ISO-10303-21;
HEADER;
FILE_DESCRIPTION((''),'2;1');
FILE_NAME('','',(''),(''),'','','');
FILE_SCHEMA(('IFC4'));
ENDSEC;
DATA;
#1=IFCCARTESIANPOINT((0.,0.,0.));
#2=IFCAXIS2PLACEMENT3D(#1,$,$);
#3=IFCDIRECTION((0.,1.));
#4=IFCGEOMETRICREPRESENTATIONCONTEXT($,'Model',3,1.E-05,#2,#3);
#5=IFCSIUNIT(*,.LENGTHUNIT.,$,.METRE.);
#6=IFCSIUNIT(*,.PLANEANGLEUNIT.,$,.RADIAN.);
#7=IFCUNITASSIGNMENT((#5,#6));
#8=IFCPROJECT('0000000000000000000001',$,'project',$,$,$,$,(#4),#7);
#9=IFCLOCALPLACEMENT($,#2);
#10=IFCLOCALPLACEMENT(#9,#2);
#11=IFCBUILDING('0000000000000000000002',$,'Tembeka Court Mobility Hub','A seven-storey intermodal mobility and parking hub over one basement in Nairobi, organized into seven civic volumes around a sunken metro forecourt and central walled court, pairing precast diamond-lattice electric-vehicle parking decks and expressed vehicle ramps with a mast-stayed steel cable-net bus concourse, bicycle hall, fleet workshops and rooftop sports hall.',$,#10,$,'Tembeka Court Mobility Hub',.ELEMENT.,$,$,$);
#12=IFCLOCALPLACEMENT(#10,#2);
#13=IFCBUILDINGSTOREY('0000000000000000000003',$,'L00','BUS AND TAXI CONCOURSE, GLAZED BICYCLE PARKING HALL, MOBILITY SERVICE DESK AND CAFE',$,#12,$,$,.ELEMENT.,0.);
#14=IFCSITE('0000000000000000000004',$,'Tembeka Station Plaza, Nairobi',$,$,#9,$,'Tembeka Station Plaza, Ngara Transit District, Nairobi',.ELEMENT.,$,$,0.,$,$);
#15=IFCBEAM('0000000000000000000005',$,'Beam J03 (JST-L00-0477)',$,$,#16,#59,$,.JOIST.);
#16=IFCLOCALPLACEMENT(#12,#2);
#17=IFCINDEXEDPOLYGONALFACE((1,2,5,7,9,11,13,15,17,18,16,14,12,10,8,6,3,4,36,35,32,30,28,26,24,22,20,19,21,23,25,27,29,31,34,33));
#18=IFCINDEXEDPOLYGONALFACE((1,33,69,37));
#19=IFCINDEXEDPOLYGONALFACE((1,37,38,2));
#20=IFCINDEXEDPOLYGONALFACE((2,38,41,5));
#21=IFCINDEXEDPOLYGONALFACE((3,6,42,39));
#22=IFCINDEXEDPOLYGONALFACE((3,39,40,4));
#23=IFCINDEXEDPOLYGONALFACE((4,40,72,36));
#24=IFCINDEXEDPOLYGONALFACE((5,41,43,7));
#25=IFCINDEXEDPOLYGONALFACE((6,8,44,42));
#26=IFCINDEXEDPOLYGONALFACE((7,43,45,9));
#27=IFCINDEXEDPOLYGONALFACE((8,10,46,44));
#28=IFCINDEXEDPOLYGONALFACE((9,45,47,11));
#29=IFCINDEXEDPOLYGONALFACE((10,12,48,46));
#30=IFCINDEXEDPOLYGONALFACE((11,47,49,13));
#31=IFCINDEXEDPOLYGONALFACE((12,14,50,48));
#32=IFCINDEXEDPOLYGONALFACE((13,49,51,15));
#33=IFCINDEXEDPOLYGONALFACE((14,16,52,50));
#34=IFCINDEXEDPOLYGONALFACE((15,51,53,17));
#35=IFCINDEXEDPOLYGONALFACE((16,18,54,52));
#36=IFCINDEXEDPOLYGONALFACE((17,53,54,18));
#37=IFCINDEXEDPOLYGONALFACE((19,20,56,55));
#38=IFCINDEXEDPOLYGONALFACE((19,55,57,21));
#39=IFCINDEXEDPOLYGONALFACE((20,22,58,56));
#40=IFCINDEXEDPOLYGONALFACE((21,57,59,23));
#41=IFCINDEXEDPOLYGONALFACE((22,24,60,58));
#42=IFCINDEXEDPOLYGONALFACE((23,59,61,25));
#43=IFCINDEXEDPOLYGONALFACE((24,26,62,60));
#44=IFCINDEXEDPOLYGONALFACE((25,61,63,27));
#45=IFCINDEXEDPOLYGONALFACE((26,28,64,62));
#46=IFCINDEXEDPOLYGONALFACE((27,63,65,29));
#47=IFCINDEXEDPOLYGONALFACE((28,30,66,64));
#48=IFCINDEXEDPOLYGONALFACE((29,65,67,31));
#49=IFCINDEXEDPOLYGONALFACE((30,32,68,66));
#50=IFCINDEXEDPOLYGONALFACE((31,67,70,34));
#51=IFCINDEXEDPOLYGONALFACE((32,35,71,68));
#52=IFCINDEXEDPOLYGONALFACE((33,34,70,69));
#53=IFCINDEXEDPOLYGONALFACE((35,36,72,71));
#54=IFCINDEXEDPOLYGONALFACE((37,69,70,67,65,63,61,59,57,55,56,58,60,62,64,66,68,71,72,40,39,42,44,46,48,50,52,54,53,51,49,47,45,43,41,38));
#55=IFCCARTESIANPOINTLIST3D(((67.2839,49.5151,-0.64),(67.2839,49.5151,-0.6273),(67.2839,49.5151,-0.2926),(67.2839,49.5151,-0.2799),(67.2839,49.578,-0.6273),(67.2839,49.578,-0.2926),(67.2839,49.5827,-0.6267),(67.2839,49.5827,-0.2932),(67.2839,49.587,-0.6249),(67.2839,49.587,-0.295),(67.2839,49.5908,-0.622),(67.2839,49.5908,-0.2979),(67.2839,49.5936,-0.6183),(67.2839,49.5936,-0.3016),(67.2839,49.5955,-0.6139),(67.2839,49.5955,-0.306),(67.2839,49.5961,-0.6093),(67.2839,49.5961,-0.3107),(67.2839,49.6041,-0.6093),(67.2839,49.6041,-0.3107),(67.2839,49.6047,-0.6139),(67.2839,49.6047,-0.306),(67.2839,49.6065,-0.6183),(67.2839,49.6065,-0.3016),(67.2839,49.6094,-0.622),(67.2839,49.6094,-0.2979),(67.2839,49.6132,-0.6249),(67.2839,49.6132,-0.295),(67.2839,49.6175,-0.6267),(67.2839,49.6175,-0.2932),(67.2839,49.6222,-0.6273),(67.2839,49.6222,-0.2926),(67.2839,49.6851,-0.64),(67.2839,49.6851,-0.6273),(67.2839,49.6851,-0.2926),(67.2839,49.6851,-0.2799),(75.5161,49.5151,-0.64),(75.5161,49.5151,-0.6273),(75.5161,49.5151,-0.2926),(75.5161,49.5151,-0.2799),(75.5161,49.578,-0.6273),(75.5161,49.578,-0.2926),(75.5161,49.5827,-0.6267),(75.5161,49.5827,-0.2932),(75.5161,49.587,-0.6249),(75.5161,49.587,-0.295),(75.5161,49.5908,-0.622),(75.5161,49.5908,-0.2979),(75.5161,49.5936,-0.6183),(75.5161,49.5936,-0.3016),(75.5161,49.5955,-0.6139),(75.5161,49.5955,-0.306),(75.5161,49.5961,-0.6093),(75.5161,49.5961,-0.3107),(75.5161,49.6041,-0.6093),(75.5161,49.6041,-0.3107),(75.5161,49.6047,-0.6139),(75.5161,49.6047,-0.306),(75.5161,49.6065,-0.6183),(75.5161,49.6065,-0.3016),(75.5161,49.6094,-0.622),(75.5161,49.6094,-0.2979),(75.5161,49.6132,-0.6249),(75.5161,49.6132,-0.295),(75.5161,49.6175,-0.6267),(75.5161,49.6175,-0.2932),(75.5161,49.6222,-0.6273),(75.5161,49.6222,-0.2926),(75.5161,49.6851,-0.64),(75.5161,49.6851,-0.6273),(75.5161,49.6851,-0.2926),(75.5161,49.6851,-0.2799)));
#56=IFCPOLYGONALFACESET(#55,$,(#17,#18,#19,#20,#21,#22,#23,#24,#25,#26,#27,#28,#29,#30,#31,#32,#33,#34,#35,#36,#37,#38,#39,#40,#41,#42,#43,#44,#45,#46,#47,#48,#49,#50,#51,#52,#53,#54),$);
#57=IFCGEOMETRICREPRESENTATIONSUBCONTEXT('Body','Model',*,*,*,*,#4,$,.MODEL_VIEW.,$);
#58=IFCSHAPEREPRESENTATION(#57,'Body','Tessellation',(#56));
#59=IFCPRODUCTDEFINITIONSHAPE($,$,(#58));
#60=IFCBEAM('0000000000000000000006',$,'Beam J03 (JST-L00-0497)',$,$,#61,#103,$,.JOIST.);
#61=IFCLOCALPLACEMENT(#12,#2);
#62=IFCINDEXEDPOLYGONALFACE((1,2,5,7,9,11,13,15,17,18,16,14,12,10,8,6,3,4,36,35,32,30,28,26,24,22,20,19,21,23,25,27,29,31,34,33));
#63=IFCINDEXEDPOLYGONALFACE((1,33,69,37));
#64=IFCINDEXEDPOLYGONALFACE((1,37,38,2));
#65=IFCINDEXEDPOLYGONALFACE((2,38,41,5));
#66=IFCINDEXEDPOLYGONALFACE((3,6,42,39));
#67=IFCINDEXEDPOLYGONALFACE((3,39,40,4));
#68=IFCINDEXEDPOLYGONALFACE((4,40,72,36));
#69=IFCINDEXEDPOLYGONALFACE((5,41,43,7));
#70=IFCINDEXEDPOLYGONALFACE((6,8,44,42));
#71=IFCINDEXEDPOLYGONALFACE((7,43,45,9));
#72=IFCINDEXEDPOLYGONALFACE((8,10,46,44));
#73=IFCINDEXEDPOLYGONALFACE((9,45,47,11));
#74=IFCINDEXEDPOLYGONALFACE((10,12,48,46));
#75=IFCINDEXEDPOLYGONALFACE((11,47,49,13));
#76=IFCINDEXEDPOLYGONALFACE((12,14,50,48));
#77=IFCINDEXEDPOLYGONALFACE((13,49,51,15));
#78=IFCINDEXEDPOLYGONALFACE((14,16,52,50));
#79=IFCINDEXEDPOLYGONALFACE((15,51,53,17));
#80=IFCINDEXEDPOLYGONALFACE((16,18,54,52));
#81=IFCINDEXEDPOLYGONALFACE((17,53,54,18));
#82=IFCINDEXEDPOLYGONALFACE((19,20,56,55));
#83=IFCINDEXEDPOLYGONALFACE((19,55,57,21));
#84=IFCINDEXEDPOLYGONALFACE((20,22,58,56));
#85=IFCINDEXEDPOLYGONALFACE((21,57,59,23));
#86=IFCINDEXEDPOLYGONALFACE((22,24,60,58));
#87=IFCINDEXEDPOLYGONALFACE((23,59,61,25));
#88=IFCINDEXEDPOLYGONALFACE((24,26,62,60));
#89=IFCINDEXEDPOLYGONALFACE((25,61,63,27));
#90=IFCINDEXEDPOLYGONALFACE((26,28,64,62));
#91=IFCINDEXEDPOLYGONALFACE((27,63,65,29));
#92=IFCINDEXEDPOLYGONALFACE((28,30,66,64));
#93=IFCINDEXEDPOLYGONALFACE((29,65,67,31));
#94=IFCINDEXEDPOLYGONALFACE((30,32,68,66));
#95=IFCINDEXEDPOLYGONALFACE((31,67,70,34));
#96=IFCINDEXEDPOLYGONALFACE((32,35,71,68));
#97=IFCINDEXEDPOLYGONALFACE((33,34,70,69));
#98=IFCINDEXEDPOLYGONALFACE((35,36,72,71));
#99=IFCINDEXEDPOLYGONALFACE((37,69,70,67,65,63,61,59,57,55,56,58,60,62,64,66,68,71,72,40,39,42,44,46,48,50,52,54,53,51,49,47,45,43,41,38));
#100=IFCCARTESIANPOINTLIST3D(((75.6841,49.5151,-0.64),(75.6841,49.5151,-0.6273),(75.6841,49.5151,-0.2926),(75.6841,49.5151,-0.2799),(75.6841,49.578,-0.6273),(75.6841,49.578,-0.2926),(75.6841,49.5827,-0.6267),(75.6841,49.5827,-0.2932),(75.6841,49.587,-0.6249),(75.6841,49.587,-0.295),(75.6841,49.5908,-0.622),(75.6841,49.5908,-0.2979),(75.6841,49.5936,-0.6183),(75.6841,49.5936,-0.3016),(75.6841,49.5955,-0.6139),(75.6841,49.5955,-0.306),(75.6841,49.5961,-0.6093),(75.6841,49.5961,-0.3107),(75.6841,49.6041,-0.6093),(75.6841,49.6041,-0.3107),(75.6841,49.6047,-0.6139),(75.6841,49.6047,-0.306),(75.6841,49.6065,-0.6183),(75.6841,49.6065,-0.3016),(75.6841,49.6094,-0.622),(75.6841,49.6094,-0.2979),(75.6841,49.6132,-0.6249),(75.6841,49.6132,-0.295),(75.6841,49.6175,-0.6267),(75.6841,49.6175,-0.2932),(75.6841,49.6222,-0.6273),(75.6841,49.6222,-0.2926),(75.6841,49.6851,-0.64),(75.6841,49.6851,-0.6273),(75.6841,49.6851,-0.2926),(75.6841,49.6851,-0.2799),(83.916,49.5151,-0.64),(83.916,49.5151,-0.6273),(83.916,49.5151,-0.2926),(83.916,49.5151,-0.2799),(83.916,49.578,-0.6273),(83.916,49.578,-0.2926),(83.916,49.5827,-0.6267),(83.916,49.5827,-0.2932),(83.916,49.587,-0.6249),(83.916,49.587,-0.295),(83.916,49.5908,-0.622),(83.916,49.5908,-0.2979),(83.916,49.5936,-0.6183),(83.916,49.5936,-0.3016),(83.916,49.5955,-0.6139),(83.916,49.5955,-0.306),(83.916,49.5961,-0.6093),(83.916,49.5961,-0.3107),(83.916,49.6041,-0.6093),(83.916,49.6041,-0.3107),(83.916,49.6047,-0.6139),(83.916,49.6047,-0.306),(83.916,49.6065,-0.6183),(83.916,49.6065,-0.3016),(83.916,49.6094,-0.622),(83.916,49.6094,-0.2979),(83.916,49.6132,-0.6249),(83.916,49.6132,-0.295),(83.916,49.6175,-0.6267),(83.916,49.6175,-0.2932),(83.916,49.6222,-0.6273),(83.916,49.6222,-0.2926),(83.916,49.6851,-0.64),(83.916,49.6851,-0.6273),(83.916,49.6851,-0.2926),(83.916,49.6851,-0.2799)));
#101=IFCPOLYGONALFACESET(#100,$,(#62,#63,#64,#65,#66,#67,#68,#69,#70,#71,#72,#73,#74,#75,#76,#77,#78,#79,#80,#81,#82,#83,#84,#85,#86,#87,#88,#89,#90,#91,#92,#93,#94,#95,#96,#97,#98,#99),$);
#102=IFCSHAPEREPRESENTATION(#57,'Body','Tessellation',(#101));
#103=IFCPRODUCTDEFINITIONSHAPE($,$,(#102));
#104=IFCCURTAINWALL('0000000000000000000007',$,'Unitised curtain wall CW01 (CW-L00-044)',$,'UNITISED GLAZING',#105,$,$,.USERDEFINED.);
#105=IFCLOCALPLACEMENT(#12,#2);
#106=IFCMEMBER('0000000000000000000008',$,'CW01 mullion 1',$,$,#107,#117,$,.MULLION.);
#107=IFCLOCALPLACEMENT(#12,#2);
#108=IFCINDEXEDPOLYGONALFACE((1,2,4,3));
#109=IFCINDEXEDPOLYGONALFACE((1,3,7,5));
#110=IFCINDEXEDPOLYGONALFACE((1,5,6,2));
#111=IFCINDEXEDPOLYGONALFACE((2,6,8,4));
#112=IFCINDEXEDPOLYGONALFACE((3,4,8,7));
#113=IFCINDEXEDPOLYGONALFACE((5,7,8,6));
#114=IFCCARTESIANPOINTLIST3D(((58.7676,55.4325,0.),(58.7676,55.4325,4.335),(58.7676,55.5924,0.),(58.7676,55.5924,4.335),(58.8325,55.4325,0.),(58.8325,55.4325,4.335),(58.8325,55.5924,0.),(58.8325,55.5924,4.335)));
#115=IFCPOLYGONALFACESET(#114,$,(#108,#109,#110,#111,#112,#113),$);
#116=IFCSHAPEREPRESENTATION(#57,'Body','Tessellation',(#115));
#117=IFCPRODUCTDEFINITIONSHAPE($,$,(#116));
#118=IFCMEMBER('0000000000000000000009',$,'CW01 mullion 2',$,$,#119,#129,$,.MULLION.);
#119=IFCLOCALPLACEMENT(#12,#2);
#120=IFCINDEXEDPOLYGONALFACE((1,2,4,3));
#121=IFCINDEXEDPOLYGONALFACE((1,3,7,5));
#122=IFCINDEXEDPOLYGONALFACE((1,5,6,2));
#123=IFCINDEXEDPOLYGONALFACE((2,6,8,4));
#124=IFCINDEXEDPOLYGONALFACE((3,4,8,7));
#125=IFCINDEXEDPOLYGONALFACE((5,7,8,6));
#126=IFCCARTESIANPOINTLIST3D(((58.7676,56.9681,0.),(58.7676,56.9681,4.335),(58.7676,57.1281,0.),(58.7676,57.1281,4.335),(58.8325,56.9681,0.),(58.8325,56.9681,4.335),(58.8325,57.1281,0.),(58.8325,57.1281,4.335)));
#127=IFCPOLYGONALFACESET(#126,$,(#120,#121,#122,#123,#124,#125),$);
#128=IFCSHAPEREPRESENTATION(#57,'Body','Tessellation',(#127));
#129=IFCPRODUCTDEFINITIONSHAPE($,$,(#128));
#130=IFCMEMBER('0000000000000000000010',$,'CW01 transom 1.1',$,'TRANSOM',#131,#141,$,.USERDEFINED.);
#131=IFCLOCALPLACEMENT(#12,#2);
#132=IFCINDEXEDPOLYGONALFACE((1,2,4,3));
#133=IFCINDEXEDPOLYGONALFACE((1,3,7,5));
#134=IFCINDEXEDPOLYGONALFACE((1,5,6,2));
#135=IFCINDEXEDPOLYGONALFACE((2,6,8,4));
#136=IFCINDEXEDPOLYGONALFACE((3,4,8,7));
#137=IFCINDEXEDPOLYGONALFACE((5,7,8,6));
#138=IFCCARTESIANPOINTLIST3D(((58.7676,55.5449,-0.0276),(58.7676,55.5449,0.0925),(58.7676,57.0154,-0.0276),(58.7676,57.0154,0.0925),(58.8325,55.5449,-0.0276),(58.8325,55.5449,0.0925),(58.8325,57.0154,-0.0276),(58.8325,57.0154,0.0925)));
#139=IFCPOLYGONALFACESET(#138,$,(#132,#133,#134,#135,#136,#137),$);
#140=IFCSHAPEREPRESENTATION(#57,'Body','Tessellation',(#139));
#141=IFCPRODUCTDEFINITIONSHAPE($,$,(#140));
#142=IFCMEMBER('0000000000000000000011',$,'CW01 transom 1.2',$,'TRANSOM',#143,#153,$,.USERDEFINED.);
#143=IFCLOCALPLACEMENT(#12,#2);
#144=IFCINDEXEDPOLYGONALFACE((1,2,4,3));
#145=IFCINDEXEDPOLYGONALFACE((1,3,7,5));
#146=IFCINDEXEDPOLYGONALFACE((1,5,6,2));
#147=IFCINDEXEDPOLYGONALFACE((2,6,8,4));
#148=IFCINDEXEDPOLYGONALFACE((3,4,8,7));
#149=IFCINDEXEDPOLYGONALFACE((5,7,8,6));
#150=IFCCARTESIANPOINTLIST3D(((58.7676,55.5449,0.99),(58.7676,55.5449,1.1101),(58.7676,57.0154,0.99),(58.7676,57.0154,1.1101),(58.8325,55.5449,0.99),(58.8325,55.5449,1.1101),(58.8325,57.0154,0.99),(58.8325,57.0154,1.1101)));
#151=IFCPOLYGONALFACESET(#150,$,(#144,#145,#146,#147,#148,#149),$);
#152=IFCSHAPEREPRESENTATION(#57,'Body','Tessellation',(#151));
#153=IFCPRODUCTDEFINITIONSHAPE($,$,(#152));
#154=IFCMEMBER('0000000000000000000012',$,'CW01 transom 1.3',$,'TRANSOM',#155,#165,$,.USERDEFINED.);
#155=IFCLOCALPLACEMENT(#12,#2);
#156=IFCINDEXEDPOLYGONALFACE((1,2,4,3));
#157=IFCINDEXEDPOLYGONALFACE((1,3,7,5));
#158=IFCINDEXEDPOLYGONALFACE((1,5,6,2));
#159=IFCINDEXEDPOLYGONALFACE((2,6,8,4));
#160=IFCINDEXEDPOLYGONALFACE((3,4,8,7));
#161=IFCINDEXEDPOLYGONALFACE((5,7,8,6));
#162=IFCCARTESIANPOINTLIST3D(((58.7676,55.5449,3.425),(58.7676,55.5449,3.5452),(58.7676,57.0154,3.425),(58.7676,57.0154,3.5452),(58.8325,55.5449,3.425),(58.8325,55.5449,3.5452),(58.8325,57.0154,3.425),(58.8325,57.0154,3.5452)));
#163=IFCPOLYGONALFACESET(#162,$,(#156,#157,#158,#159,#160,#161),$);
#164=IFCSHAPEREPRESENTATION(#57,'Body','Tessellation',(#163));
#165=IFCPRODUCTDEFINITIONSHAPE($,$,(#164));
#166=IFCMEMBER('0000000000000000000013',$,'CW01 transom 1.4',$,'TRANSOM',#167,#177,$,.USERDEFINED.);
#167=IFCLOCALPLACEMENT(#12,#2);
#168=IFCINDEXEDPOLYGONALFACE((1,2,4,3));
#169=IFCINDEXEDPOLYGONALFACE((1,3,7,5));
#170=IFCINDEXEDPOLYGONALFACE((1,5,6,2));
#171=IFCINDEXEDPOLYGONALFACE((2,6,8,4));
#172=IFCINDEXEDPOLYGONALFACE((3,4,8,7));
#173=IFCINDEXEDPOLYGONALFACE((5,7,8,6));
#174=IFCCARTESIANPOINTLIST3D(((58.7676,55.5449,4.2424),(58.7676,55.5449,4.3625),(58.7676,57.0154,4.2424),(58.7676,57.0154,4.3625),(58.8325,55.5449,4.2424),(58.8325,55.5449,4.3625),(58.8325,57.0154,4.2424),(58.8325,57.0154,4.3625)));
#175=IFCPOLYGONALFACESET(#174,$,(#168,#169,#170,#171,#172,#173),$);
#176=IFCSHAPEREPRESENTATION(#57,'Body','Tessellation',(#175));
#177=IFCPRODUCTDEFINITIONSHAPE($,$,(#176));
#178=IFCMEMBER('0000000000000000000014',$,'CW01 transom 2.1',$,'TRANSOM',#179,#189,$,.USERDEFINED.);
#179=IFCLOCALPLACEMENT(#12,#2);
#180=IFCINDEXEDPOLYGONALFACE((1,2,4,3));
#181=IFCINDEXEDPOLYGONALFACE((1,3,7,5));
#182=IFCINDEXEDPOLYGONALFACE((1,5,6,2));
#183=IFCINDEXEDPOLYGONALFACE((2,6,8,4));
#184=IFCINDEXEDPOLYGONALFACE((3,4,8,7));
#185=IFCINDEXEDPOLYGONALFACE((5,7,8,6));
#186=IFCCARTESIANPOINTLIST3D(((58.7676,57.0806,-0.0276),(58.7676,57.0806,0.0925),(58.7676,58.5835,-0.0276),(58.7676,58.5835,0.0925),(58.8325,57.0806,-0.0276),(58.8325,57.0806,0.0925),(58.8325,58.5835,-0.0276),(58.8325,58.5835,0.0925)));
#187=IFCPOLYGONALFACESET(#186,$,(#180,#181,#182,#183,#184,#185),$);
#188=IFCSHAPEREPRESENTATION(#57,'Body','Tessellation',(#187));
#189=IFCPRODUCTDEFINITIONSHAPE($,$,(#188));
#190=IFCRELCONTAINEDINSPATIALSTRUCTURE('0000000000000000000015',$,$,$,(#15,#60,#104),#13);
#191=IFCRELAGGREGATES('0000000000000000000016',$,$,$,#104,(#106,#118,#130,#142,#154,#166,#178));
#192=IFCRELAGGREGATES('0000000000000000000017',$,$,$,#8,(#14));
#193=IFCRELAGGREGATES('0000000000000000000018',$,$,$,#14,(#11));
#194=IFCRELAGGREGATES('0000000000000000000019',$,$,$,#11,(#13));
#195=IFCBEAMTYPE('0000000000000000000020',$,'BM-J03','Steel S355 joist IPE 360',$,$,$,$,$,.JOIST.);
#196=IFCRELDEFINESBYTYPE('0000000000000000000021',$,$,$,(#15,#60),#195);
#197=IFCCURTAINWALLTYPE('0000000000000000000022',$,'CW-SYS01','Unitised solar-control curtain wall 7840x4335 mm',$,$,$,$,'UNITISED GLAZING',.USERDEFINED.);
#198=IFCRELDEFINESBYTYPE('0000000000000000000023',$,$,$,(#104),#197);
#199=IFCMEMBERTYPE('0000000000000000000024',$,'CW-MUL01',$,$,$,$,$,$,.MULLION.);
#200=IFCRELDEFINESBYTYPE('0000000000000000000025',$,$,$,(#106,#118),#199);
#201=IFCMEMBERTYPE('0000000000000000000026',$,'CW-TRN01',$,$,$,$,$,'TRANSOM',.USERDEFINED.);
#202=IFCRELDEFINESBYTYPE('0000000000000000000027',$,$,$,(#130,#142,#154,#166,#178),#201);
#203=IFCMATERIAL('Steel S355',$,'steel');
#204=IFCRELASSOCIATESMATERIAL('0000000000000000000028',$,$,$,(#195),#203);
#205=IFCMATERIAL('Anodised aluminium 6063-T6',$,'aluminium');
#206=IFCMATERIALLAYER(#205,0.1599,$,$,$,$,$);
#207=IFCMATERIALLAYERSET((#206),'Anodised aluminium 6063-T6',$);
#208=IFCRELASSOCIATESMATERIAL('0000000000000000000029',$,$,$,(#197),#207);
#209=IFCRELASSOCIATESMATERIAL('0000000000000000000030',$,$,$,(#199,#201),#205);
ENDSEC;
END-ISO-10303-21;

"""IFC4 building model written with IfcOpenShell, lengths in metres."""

from ifc_helpers import new_model, si_unit, direction, frame, origin, origin_2d, place, context, subcontext, project, spatial, rectangle, i_section, extrude, material, layer, layer_set, material_profile, profile_set, type_object, element, aggregate, save


model = new_model("IFC4")

# Units and contexts
model_context = context("Model", 3, precision=1e-05, world=origin(), true_north=direction((0.0, 1.0)))
body_context = subcontext(model_context, "Body", "Model", "MODEL_VIEW")
ifc_project = project(units=[si_unit("LENGTHUNIT", "METRE"), si_unit("PLANEANGLEUNIT", "RADIAN")], contexts=[model_context])

# Site, building, storey
site_placement = place(None, origin())
site = spatial("IfcSite", under=ifc_project, at=site_placement, Name="Tembeka Station Plaza, Nairobi", LongName="Tembeka Station Plaza, Ngara Transit District, Nairobi", CompositionType="ELEMENT", RefElevation=0.0)
building_placement = place(site_placement, origin())
building = spatial("IfcBuilding", under=site, at=building_placement, Name="Tembeka Court Mobility Hub", Description="A seven-storey intermodal mobility and parking hub over one basement in Nairobi, organized into seven civic volumes around a sunken metro forecourt and central walled court, pairing precast diamond-lattice electric-vehicle parking decks and expressed vehicle ramps with a mast-stayed steel cable-net bus concourse, bicycle hall, fleet workshops and rooftop sports hall.", LongName="Tembeka Court Mobility Hub", CompositionType="ELEMENT")
storey_placement = place(building_placement, origin())
storey = spatial("IfcBuildingStorey", under=building, at=storey_placement, Name="L00", Description="BUS AND TAXI CONCOURSE, GLAZED BICYCLE PARKING HALL, MOBILITY SERVICE DESK AND CAFE", CompositionType="ELEMENT", Elevation=0.0)

# Shared definitions
ifc_material_1 = material(Name="Steel S355", Category="steel")

# Beams
ifc_material_profile_1 = material_profile(ifc_material_1, i_section(OverallWidth=0.1699, OverallDepth=0.3601, WebThickness=0.0081, FlangeThickness=0.0127, FilletRadius=0.0181, at=origin_2d()), Name="IPE 360")
ifc_profile_set_1 = profile_set([ifc_material_profile_1], Name="Steel S355")
beam_type_1 = type_object("IfcBeamType", Name="BM-J03", Description="Steel S355 joist IPE 360", PredefinedType="JOIST", material=ifc_profile_set_1)
beam_1_placement = place(storey_placement, frame((67.2839, 49.6001, -0.46), z_axis=(1.0, 0.0, 0.0), x_axis=(0.0, 1.0, 0.0)))
element("IfcBeam", 1, at=beam_1_placement, inside=storey, type_object=beam_type_1, Name="Beam J03 (JST-L00-0477)", PredefinedType="JOIST", context=body_context, shape_type="SweptSolid", body=[
    extrude(i_section(OverallWidth=0.1699, OverallDepth=0.3601, WebThickness=0.0081, FlangeThickness=0.0127, FilletRadius=0.0181, at=origin_2d()), origin(), (0.0, 0.0, 1.0), 8.2322),
])
beam_2_placement = place(storey_placement, frame((75.6841, 49.6001, -0.46), z_axis=(1.0, 0.0, 0.0), x_axis=(0.0, 1.0, 0.0)))
element("IfcBeam", 2, at=beam_2_placement, inside=storey, type_object=beam_type_1, Name="Beam J03 (JST-L00-0497)", PredefinedType="JOIST", context=body_context, shape_type="SweptSolid", body=[
    extrude(i_section(OverallWidth=0.1699, OverallDepth=0.3601, WebThickness=0.0081, FlangeThickness=0.0127, FilletRadius=0.0181, at=origin_2d()), origin(), (0.0, 0.0, 1.0), 8.2319),
])

# Curtain wall, members
ifc_material_2 = material(Name="Anodised aluminium 6063-T6", Category="aluminium")
ifc_layer_1 = layer(ifc_material_2, 0.1599)
ifc_layer_set_1 = layer_set([ifc_layer_1], Name="Anodised aluminium 6063-T6")
curtain_wall_type = type_object("IfcCurtainWallType", Name="CW-SYS01", Description="Unitised solar-control curtain wall 7840x4335 mm", ElementType="UNITISED GLAZING", PredefinedType="USERDEFINED", material=ifc_layer_set_1)
curtain_wall_placement = place(storey_placement, origin())
curtain_wall = element("IfcCurtainWall", 3, at=curtain_wall_placement, inside=storey, type_object=curtain_wall_type, Name="Unitised curtain wall CW01 (CW-L00-044)", ObjectType="UNITISED GLAZING", PredefinedType="USERDEFINED")
ifc_material_profile_2 = material_profile(ifc_material_2, rectangle(XDim=0.0649, YDim=0.1599, at=origin_2d()), Name="ALU-MUL 65x160")
ifc_profile_set_2 = profile_set([ifc_material_profile_2], Name="Anodised aluminium 6063-T6")
member_type_1 = type_object("IfcMemberType", Name="CW-MUL01", PredefinedType="MULLION", material=ifc_profile_set_2)
member_1_placement = place(storey_placement, frame((58.8, 55.5125, 0.0), z_axis=(0.0, 0.0, 1.0), x_axis=(-1.0, 0.0, 0.0)))
member_1 = element("IfcMember", 4, at=member_1_placement, type_object=member_type_1, Name="CW01 mullion 1", PredefinedType="MULLION", context=body_context, shape_type="SweptSolid", body=[
    extrude(rectangle(XDim=0.0649, YDim=0.1599, at=origin_2d()), origin(), (0.0, 0.0, 1.0), 4.335),
])
member_2_placement = place(storey_placement, frame((58.8, 57.0481, 0.0), z_axis=(0.0, 0.0, 1.0), x_axis=(-1.0, 0.0, 0.0)))
member_2 = element("IfcMember", 5, at=member_2_placement, type_object=member_type_1, Name="CW01 mullion 2", PredefinedType="MULLION", context=body_context, shape_type="SweptSolid", body=[
    extrude(rectangle(XDim=0.0649, YDim=0.1599, at=origin_2d()), origin(), (0.0, 0.0, 1.0), 4.335),
])
ifc_material_profile_3 = material_profile(ifc_material_2, rectangle(XDim=0.0649, YDim=0.1201, at=origin_2d()), Name="ALU-TRN 65x120")
ifc_profile_set_3 = profile_set([ifc_material_profile_3], Name="Anodised aluminium 6063-T6")
member_type_2 = type_object("IfcMemberType", Name="CW-TRN01", ElementType="TRANSOM", PredefinedType="USERDEFINED", material=ifc_profile_set_3)
member_3_placement = place(storey_placement, frame((58.8, 55.5449, 0.0325), z_axis=(0.0, 1.0, 0.0), x_axis=(-1.0, 0.0, 0.0)))
member_3 = element("IfcMember", 6, at=member_3_placement, type_object=member_type_2, Name="CW01 transom 1.1", ObjectType="TRANSOM", PredefinedType="USERDEFINED", context=body_context, shape_type="SweptSolid", body=[
    extrude(rectangle(XDim=0.0649, YDim=0.1201, at=origin_2d()), origin(), (0.0, 0.0, 1.0), 1.4705),
])
member_4_placement = place(storey_placement, frame((58.8, 55.5449, 1.05), z_axis=(0.0, 1.0, 0.0), x_axis=(-1.0, 0.0, 0.0)))
member_4 = element("IfcMember", 7, at=member_4_placement, type_object=member_type_2, Name="CW01 transom 1.2", ObjectType="TRANSOM", PredefinedType="USERDEFINED", context=body_context, shape_type="SweptSolid", body=[
    extrude(rectangle(XDim=0.0649, YDim=0.1201, at=origin_2d()), origin(), (0.0, 0.0, 1.0), 1.4705),
])
member_5_placement = place(storey_placement, frame((58.8, 55.5449, 3.4851), z_axis=(0.0, 1.0, 0.0), x_axis=(-1.0, 0.0, 0.0)))
member_5 = element("IfcMember", 8, at=member_5_placement, type_object=member_type_2, Name="CW01 transom 1.3", ObjectType="TRANSOM", PredefinedType="USERDEFINED", context=body_context, shape_type="SweptSolid", body=[
    extrude(rectangle(XDim=0.0649, YDim=0.1201, at=origin_2d()), origin(), (0.0, 0.0, 1.0), 1.4705),
])
member_6_placement = place(storey_placement, frame((58.8, 55.5449, 4.3025), z_axis=(0.0, 1.0, 0.0), x_axis=(-1.0, 0.0, 0.0)))
member_6 = element("IfcMember", 9, at=member_6_placement, type_object=member_type_2, Name="CW01 transom 1.4", ObjectType="TRANSOM", PredefinedType="USERDEFINED", context=body_context, shape_type="SweptSolid", body=[
    extrude(rectangle(XDim=0.0649, YDim=0.1201, at=origin_2d()), origin(), (0.0, 0.0, 1.0), 1.4705),
])
member_7_placement = place(storey_placement, frame((58.8, 57.0806, 0.0325), z_axis=(0.0, 1.0, 0.0), x_axis=(-1.0, 0.0, 0.0)))
member_7 = element("IfcMember", 10, at=member_7_placement, type_object=member_type_2, Name="CW01 transom 2.1", ObjectType="TRANSOM", PredefinedType="USERDEFINED", context=body_context, shape_type="SweptSolid", body=[
    extrude(rectangle(XDim=0.0649, YDim=0.1201, at=origin_2d()), origin(), (0.0, 0.0, 1.0), 1.5029),
])
aggregate(curtain_wall, [member_1, member_2, member_3, member_4, member_5, member_6, member_7])

save(model, "model.ifc")
